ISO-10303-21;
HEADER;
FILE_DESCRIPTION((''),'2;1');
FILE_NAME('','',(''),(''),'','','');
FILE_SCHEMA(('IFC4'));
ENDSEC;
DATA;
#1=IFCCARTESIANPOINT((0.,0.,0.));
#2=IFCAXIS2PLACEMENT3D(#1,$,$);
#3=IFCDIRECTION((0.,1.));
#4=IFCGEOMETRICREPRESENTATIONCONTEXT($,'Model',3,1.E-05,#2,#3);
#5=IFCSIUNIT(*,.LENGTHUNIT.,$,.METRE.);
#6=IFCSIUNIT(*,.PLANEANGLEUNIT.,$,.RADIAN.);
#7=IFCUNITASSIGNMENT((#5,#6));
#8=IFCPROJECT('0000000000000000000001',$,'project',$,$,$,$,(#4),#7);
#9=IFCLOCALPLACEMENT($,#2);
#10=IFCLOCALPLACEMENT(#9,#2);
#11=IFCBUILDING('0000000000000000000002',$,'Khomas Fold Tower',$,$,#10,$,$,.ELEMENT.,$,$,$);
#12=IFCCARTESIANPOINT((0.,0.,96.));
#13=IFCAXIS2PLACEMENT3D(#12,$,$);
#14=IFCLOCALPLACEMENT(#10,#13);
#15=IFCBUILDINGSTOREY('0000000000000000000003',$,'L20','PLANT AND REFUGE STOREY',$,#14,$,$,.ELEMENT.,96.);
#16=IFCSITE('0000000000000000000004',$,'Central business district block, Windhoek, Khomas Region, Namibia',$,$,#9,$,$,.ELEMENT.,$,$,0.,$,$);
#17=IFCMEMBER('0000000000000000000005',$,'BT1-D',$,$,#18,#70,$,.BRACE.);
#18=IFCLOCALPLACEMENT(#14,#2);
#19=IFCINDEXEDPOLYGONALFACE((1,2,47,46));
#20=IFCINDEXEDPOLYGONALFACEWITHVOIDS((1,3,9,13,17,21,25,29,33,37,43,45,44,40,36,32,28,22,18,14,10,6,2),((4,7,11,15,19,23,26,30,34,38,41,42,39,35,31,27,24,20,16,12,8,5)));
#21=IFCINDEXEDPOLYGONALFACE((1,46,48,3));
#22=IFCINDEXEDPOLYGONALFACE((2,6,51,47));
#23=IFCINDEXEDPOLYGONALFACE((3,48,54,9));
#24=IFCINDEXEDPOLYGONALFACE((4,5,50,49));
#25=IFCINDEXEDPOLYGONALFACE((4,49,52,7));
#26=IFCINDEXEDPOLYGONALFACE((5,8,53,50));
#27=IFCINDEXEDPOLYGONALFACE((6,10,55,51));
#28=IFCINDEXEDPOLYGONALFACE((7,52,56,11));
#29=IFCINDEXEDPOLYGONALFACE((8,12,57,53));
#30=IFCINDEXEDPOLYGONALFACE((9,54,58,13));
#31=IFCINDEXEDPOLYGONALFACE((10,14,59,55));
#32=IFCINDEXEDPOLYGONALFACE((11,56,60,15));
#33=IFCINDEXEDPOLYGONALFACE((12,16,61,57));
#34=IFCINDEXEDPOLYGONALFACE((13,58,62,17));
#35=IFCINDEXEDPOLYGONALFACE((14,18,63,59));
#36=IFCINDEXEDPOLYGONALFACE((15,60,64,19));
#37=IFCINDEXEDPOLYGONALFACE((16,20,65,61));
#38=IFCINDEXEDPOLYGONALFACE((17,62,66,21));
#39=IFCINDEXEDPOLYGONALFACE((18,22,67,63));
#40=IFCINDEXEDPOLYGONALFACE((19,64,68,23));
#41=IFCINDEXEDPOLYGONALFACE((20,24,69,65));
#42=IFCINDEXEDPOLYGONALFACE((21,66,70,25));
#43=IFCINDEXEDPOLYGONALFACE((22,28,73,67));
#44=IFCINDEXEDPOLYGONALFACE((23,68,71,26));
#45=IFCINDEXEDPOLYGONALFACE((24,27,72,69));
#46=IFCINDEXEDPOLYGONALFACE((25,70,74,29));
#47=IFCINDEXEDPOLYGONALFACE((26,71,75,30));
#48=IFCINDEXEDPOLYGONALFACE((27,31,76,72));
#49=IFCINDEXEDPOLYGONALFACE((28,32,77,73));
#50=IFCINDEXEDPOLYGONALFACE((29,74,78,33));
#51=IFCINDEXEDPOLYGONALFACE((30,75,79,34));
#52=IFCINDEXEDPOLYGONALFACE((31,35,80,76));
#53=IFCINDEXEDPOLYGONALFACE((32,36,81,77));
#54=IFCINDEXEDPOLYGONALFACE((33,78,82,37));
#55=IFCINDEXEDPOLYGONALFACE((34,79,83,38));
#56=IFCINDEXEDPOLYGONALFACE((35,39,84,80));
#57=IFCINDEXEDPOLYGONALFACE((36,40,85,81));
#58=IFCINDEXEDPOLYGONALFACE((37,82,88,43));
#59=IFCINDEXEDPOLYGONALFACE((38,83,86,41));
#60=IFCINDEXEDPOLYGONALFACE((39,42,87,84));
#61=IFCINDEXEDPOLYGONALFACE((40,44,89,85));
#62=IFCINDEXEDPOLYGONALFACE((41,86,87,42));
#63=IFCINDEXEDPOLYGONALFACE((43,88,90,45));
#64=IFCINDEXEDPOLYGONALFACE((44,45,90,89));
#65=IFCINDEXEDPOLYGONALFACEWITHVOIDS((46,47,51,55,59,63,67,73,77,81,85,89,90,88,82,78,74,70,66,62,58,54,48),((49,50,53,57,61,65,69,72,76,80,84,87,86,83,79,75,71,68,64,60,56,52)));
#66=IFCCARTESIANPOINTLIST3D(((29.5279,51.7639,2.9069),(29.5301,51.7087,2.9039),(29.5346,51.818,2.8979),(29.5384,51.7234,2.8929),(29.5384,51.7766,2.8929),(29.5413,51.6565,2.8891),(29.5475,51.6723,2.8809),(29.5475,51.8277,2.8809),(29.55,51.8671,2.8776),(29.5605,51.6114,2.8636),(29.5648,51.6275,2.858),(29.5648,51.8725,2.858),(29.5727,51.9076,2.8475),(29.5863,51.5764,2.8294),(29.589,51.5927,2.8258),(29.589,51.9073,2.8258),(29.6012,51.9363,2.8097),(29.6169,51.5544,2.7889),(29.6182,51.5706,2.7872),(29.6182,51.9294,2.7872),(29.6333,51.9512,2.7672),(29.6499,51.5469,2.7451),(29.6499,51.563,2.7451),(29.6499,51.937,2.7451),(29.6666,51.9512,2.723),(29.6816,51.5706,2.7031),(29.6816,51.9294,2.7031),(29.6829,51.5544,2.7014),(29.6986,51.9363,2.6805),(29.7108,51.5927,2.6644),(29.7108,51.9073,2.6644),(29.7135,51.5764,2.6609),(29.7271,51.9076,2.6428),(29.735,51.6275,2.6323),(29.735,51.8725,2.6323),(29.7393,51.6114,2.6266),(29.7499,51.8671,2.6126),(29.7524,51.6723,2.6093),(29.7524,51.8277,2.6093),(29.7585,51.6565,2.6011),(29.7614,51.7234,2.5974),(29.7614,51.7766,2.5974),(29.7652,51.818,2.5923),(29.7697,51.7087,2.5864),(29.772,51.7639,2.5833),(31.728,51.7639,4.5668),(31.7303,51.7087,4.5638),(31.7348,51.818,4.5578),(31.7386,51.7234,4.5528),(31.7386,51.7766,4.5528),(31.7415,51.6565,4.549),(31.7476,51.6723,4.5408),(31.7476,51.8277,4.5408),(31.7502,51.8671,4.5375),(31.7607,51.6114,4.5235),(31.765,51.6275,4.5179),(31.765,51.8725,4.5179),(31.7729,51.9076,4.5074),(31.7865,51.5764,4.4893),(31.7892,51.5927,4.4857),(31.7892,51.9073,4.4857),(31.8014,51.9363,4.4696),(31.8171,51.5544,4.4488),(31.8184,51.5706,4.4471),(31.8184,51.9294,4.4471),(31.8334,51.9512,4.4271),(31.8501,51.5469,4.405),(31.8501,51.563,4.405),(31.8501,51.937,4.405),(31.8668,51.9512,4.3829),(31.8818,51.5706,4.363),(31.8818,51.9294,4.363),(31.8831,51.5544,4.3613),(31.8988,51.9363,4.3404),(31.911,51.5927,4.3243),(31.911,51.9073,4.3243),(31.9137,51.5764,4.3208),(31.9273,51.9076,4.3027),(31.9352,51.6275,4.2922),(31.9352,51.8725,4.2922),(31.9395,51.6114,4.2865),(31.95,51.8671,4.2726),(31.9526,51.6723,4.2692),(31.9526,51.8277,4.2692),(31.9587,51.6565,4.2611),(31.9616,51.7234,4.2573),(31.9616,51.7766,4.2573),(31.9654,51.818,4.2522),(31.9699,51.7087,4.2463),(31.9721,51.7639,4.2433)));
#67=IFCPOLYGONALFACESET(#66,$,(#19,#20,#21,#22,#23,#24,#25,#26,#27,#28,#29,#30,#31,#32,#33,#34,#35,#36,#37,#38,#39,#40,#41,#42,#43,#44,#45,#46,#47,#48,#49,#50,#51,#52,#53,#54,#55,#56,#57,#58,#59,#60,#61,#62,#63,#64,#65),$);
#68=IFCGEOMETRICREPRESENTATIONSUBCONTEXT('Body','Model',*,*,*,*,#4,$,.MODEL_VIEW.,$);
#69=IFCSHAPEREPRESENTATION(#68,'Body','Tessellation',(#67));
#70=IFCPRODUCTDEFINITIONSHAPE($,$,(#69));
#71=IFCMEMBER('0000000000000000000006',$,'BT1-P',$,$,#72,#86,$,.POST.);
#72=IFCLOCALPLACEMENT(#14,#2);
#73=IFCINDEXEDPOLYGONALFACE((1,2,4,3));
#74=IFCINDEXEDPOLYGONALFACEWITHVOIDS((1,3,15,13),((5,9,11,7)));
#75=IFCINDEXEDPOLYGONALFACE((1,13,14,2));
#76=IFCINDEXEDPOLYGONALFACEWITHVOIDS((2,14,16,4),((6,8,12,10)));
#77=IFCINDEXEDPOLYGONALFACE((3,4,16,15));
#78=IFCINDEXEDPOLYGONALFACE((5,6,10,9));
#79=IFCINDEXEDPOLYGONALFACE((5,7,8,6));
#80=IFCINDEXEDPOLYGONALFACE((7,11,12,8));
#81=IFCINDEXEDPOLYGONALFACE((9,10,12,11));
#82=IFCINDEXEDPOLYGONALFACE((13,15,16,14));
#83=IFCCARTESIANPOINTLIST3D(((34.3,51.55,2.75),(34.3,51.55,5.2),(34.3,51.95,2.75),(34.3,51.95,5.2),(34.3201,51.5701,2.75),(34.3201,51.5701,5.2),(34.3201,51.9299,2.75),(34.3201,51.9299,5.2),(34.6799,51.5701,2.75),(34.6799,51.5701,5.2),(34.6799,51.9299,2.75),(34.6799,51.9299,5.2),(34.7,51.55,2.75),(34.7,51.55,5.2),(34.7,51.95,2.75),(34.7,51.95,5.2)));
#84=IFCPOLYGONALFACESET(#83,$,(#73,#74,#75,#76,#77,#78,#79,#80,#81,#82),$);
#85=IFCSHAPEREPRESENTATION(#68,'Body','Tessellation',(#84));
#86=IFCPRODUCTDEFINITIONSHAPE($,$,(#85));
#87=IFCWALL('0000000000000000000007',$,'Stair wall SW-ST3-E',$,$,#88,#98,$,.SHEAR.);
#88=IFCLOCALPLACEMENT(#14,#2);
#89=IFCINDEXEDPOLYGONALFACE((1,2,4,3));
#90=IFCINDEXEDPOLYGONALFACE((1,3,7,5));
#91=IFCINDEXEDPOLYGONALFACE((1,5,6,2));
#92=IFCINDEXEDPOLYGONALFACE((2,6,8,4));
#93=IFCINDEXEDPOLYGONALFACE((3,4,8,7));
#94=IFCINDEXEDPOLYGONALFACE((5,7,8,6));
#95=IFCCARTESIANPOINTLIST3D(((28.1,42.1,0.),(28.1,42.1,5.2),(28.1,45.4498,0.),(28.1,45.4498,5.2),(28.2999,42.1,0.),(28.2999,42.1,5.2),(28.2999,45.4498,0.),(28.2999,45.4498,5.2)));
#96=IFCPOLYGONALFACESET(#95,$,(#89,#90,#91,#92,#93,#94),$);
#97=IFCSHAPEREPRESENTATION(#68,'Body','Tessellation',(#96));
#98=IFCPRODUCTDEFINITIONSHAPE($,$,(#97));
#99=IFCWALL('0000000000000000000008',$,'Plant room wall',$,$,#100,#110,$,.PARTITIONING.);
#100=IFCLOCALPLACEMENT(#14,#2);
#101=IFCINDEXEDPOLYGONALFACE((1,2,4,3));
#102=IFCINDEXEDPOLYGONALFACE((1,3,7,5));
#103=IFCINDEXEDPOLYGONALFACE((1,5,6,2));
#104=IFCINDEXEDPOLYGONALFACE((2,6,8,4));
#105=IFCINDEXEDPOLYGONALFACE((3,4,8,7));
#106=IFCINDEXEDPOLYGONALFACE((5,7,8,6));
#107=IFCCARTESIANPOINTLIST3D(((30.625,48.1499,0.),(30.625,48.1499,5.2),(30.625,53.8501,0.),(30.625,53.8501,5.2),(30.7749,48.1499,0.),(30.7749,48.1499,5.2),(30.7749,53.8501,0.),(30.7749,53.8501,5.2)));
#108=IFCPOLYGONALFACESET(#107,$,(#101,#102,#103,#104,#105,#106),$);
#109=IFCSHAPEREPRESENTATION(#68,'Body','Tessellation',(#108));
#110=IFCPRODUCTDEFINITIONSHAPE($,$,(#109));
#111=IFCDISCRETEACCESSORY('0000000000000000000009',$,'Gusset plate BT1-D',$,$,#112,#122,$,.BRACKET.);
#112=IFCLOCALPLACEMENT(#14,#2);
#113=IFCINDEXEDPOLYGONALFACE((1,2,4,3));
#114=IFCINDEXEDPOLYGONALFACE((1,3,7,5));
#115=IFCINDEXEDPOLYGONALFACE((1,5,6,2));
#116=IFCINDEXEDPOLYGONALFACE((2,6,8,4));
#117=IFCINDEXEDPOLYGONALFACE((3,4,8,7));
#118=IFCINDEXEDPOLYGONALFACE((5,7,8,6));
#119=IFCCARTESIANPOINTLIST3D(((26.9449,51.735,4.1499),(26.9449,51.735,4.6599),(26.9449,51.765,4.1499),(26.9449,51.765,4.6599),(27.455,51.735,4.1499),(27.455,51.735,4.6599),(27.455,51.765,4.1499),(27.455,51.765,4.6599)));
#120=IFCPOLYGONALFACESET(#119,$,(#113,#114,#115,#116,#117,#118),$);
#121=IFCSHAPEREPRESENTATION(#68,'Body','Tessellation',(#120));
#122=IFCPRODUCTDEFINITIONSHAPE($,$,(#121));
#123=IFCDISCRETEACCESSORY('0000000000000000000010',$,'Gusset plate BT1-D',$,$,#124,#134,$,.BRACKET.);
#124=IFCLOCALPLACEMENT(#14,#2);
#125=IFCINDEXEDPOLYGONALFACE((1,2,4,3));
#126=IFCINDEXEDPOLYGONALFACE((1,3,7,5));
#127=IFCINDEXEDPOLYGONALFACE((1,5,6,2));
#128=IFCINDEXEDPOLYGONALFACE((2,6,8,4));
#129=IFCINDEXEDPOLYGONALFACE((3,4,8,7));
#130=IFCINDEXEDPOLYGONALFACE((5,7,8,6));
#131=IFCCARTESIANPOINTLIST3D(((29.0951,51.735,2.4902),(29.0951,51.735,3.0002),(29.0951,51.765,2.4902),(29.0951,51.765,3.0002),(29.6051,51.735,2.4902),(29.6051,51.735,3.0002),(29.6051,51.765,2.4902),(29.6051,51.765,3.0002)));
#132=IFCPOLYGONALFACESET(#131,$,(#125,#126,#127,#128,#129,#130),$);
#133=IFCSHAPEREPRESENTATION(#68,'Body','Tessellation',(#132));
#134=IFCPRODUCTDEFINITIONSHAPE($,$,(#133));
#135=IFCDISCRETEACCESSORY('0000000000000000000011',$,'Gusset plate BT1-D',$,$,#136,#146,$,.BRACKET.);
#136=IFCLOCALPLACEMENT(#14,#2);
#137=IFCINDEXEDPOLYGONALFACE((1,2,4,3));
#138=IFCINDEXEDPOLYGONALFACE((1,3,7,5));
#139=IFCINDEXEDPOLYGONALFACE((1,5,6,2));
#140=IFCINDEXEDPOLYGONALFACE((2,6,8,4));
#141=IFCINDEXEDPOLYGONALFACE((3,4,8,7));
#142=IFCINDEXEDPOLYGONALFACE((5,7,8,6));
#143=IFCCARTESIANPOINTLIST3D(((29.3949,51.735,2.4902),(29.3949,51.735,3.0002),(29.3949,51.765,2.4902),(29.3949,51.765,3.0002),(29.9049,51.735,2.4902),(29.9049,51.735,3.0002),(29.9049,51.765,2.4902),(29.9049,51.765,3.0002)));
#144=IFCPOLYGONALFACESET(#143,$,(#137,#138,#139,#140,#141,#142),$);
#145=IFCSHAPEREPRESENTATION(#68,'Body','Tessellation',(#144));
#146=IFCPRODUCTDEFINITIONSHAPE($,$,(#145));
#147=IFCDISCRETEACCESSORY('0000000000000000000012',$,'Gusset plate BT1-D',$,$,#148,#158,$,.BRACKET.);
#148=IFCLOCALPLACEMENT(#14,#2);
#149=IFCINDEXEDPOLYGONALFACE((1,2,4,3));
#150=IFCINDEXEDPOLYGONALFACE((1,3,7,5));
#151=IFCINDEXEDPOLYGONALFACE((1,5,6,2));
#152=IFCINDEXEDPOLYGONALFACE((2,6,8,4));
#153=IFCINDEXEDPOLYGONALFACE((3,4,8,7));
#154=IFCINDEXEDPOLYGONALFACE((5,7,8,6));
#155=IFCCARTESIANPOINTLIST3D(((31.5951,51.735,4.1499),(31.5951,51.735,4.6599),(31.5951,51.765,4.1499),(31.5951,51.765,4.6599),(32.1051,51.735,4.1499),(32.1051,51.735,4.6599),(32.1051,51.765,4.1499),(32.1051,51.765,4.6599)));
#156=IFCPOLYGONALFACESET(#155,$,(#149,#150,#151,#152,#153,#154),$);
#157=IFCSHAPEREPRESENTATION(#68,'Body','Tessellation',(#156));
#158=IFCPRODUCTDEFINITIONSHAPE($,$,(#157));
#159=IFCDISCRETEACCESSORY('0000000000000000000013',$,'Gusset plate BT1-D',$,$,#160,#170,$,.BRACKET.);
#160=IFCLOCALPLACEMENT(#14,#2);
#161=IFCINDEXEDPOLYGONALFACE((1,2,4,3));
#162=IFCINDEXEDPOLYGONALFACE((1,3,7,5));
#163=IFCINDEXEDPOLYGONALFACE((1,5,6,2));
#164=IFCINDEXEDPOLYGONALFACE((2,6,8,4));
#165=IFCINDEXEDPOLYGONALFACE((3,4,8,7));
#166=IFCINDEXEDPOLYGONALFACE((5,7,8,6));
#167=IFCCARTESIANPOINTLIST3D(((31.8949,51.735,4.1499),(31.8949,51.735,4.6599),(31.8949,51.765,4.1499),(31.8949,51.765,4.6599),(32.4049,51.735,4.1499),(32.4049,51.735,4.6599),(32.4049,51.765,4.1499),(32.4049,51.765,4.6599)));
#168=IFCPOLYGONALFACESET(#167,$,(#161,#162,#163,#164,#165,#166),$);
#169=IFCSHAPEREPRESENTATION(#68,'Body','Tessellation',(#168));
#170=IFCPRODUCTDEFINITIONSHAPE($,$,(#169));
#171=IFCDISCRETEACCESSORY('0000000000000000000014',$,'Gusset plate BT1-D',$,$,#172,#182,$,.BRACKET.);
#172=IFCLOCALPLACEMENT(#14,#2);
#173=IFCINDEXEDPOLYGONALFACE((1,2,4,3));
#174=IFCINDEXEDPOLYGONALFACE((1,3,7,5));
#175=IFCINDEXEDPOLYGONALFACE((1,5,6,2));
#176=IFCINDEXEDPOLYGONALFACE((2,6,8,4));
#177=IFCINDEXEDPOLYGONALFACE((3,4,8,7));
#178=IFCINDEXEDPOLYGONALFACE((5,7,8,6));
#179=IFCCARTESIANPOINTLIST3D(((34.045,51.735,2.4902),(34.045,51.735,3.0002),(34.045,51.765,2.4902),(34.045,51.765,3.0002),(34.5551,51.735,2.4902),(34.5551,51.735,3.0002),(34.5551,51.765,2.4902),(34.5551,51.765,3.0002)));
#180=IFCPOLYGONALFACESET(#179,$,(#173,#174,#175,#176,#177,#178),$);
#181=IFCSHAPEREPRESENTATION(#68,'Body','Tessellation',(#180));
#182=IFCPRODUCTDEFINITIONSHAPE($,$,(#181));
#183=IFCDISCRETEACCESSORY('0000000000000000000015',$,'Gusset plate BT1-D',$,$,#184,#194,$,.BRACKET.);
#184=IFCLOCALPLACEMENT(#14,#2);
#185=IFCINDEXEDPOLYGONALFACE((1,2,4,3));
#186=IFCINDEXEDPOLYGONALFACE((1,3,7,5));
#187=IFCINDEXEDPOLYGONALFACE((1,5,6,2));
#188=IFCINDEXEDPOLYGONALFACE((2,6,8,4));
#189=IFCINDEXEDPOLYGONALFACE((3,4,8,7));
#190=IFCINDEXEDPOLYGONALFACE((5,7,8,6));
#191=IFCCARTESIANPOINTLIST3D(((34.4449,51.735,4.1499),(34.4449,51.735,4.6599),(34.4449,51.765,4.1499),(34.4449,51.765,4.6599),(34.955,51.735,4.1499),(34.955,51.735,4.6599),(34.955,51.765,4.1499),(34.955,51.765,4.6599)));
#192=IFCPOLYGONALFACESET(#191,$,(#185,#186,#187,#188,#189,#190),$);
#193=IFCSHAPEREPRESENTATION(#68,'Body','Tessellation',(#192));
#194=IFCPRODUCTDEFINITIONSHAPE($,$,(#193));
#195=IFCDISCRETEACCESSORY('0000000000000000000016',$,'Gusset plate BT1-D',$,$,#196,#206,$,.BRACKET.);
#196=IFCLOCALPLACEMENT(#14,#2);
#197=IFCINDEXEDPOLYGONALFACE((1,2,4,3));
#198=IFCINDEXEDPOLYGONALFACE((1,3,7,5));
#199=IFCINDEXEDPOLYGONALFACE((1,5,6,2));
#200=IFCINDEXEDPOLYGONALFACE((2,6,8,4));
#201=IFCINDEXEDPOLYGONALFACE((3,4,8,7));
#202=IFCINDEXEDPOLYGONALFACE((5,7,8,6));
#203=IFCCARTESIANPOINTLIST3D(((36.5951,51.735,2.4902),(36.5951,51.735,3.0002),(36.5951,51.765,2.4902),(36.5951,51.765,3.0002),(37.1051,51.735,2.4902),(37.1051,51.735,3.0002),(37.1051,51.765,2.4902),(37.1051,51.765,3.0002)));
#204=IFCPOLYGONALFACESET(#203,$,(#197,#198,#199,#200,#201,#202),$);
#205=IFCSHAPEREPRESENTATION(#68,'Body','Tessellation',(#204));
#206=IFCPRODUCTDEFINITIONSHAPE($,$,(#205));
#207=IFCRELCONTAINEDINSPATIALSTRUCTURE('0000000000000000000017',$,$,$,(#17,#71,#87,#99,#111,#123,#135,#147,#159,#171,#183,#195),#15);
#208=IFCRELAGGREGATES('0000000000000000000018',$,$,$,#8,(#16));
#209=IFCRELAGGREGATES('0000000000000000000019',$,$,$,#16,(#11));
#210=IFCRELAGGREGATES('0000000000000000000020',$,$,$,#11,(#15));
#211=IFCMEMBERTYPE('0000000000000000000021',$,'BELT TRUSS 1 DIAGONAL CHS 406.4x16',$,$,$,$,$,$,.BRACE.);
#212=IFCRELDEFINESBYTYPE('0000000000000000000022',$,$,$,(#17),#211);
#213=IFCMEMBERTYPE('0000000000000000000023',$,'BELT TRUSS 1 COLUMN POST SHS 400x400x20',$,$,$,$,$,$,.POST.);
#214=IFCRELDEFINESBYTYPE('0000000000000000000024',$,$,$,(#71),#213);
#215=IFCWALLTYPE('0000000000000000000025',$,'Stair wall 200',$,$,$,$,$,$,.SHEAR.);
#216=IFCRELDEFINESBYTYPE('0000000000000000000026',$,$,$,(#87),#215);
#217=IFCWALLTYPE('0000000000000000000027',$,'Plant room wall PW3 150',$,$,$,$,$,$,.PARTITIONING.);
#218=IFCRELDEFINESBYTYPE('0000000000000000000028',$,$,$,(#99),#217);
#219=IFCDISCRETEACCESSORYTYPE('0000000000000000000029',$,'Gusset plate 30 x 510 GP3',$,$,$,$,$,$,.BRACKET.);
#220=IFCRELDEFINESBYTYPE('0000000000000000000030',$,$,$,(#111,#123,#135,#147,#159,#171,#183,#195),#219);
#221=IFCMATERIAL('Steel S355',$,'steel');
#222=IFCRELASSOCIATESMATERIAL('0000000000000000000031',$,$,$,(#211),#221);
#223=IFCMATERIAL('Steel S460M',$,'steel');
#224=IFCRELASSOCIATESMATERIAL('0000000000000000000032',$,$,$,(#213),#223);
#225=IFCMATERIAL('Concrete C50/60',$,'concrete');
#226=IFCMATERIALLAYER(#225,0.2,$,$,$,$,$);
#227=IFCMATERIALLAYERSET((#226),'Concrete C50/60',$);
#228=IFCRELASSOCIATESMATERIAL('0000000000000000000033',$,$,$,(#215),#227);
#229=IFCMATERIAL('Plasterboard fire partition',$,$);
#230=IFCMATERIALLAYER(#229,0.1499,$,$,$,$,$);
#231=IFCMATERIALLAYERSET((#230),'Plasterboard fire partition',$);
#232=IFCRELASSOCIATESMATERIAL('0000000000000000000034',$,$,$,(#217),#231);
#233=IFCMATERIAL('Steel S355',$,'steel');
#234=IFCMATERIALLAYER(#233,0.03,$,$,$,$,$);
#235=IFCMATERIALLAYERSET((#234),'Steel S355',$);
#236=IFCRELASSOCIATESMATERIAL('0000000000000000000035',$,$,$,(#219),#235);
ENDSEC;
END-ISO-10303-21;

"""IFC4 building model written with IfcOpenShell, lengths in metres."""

from ifc_helpers import new_model, si_unit, direction, frame, frame_2d, origin, origin_2d, place, context, subcontext, project, spatial, rectangle, hollow_rectangle, hollow_circle, extrude, source, transform, mapped, material, layer, layer_set, material_profile, profile_set, type_object, element, save


model = new_model("IFC4")

# Units and contexts
model_context = context("Model", 3, precision=1e-05, world=origin(), true_north=direction((0.0, 1.0)))
body_context = subcontext(model_context, "Body", "Model", "MODEL_VIEW")
ifc_project = project(units=[si_unit("LENGTHUNIT", "METRE"), si_unit("PLANEANGLEUNIT", "RADIAN")], contexts=[model_context])

# Site, building, storey
site_placement = place(None, origin())
site = spatial("IfcSite", under=ifc_project, at=site_placement, Name="Central business district block, Windhoek, Khomas Region, Namibia", CompositionType="ELEMENT", RefElevation=0.0)
building_placement = place(site_placement, origin())
building = spatial("IfcBuilding", under=site, at=building_placement, Name="Khomas Fold Tower", CompositionType="ELEMENT")
storey_placement = place(building_placement, frame((0.0, 0.0, 96.0)))
storey = spatial("IfcBuildingStorey", under=building, at=storey_placement, Name="L20", Description="PLANT AND REFUGE STOREY", CompositionType="ELEMENT", Elevation=96.0)

# Members
ifc_material_1 = material(Name="Steel S355", Category="steel")
ifc_material_profile_1 = material_profile(ifc_material_1, hollow_circle(Radius=0.2031, WallThickness=0.0161, at=origin_2d()), Name="CHS 406.4x16")
ifc_profile_set_1 = profile_set([ifc_material_profile_1], Name="Steel S355")
member_type_1 = type_object("IfcMemberType", Name="BELT TRUSS 1 DIAGONAL CHS 406.4x16", PredefinedType="BRACE", material=ifc_profile_set_1)
shared_shape_1 = source(origin(), body_context, "Body", "SweptSolid", [
    extrude(hollow_circle(Radius=0.2031, WallThickness=0.0161, at=origin_2d()), origin(), (0.0, 0.0, 1.0), 2.7561),
])
member_1_placement = place(storey_placement, frame((31.8501, 51.75, 4.405), z_axis=(-0.798296, 0.0, -0.602265), x_axis=(0.0, -1.0, 0.0)))
element("IfcMember", 1, at=member_1_placement, inside=storey, type_object=member_type_1, Name="BT1-D", PredefinedType="BRACE", context=body_context, shape_type="MappedRepresentation", body=[
    mapped(shared_shape_1, transform((0.0, 0.0, 0.0))),
])
ifc_material_2 = material(Name="Steel S460M", Category="steel")
ifc_material_profile_2 = material_profile(ifc_material_2, hollow_rectangle(XDim=0.3999, YDim=0.3999, WallThickness=0.02, at=origin_2d()), Name="SHS 400x400x20")
ifc_profile_set_2 = profile_set([ifc_material_profile_2], Name="Steel S460M")
member_type_2 = type_object("IfcMemberType", Name="BELT TRUSS 1 COLUMN POST SHS 400x400x20", PredefinedType="POST", material=ifc_profile_set_2)
shared_shape_2 = source(origin(), body_context, "Body", "SweptSolid", [
    extrude(hollow_rectangle(XDim=0.3999, YDim=0.3999, WallThickness=0.02, at=origin_2d()), origin(), (0.0, 0.0, 1.0), 2.45),
])
member_2_placement = place(storey_placement, frame((34.5, 51.75, 2.75), z_axis=(0.0, 0.0, 1.0), x_axis=(1.0, 0.0, 0.0)))
element("IfcMember", 2, at=member_2_placement, inside=storey, type_object=member_type_2, Name="BT1-P", PredefinedType="POST", context=body_context, shape_type="MappedRepresentation", body=[
    mapped(shared_shape_2, transform((0.0, 0.0, 0.0))),
])

# Walls
ifc_material_3 = material(Name="Concrete C50/60", Category="concrete")
ifc_layer_1 = layer(ifc_material_3, 0.2)
ifc_layer_set_1 = layer_set([ifc_layer_1], Name="Concrete C50/60")
wall_type_1 = type_object("IfcWallType", Name="Stair wall 200", PredefinedType="SHEAR", material=ifc_layer_set_1)
shared_shape_3 = source(origin(), body_context, "Body", "SweptSolid", [
    extrude(rectangle(XDim=3.3499, YDim=0.2, at=frame_2d((1.6748, 0.0))), origin(), (0.0, 0.0, 1.0), 5.2),
])
wall_1_placement = place(storey_placement, frame((28.2, 42.1001, 0.0), z_axis=(0.0, 0.0, 1.0), x_axis=(0.0, 1.0, 0.0)))
element("IfcWall", 3, at=wall_1_placement, inside=storey, type_object=wall_type_1, Name="Stair wall SW-ST3-E", PredefinedType="SHEAR", context=body_context, shape_type="MappedRepresentation", body=[
    mapped(shared_shape_3, transform((0.0, 0.0, 0.0))),
])
ifc_material_4 = material(Name="Plasterboard fire partition")
ifc_layer_2 = layer(ifc_material_4, 0.1499)
ifc_layer_set_2 = layer_set([ifc_layer_2], Name="Plasterboard fire partition")
wall_type_2 = type_object("IfcWallType", Name="Plant room wall PW3 150", PredefinedType="PARTITIONING", material=ifc_layer_set_2)
shared_shape_4 = source(origin(), body_context, "Body", "SweptSolid", [
    extrude(rectangle(XDim=5.7002, YDim=0.1499, at=frame_2d((2.8501, 0.0))), origin(), (0.0, 0.0, 1.0), 5.2),
])
wall_2_placement = place(storey_placement, frame((30.7, 48.1499, 0.0), z_axis=(0.0, 0.0, 1.0), x_axis=(0.0, 1.0, 0.0)))
element("IfcWall", 4, at=wall_2_placement, inside=storey, type_object=wall_type_2, Name="Plant room wall", PredefinedType="PARTITIONING", context=body_context, shape_type="MappedRepresentation", body=[
    mapped(shared_shape_4, transform((0.0, 0.0, 0.0))),
])

# Discrete accessories
ifc_material_5 = material(Name="Steel S355", Category="steel")
ifc_layer_3 = layer(ifc_material_5, 0.03)
ifc_layer_set_3 = layer_set([ifc_layer_3], Name="Steel S355")
discrete_accessory_type = type_object("IfcDiscreteAccessoryType", Name="Gusset plate 30 x 510 GP3", PredefinedType="BRACKET", material=ifc_layer_set_3)
shared_shape_5 = source(origin(), body_context, "Body", "SweptSolid", [
    extrude(rectangle(XDim=0.51, YDim=0.03, at=origin_2d()), origin(), (0.0, 0.0, 1.0), 0.51),
])
for number, where, z_axis, x_axis, name in (
    (5, (27.2, 51.75, 4.1499), (0.0, 0.0, 1.0), (1.0, 0.0, 0.0), "Gusset plate BT1-D"),
    (6, (29.3501, 51.75, 2.4902), (0.0, 0.0, 1.0), (1.0, 0.0, 0.0), "Gusset plate BT1-D"),
    (7, (29.6499, 51.75, 2.4902), (0.0, 0.0, 1.0), (1.0, 0.0, 0.0), "Gusset plate BT1-D"),
    (8, (31.8501, 51.75, 4.1499), (0.0, 0.0, 1.0), (1.0, 0.0, 0.0), "Gusset plate BT1-D"),
    (9, (32.1499, 51.75, 4.1499), (0.0, 0.0, 1.0), (1.0, 0.0, 0.0), "Gusset plate BT1-D"),
    (10, (34.3, 51.75, 2.4902), (0.0, 0.0, 1.0), (1.0, 0.0, 0.0), "Gusset plate BT1-D"),
    (11, (34.7, 51.75, 4.1499), (0.0, 0.0, 1.0), (1.0, 0.0, 0.0), "Gusset plate BT1-D"),
    (12, (36.8501, 51.75, 2.4902), (0.0, 0.0, 1.0), (1.0, 0.0, 0.0), "Gusset plate BT1-D"),
):
    element("IfcDiscreteAccessory", number, at=place(storey_placement, frame(where, z_axis=z_axis, x_axis=x_axis)), inside=storey, type_object=discrete_accessory_type, Name=name, PredefinedType="BRACKET", context=body_context, shape_type="MappedRepresentation", body=[
        mapped(shared_shape_5, transform((0.0, 0.0, 0.0))),
    ])

save(model, "model.ifc")
